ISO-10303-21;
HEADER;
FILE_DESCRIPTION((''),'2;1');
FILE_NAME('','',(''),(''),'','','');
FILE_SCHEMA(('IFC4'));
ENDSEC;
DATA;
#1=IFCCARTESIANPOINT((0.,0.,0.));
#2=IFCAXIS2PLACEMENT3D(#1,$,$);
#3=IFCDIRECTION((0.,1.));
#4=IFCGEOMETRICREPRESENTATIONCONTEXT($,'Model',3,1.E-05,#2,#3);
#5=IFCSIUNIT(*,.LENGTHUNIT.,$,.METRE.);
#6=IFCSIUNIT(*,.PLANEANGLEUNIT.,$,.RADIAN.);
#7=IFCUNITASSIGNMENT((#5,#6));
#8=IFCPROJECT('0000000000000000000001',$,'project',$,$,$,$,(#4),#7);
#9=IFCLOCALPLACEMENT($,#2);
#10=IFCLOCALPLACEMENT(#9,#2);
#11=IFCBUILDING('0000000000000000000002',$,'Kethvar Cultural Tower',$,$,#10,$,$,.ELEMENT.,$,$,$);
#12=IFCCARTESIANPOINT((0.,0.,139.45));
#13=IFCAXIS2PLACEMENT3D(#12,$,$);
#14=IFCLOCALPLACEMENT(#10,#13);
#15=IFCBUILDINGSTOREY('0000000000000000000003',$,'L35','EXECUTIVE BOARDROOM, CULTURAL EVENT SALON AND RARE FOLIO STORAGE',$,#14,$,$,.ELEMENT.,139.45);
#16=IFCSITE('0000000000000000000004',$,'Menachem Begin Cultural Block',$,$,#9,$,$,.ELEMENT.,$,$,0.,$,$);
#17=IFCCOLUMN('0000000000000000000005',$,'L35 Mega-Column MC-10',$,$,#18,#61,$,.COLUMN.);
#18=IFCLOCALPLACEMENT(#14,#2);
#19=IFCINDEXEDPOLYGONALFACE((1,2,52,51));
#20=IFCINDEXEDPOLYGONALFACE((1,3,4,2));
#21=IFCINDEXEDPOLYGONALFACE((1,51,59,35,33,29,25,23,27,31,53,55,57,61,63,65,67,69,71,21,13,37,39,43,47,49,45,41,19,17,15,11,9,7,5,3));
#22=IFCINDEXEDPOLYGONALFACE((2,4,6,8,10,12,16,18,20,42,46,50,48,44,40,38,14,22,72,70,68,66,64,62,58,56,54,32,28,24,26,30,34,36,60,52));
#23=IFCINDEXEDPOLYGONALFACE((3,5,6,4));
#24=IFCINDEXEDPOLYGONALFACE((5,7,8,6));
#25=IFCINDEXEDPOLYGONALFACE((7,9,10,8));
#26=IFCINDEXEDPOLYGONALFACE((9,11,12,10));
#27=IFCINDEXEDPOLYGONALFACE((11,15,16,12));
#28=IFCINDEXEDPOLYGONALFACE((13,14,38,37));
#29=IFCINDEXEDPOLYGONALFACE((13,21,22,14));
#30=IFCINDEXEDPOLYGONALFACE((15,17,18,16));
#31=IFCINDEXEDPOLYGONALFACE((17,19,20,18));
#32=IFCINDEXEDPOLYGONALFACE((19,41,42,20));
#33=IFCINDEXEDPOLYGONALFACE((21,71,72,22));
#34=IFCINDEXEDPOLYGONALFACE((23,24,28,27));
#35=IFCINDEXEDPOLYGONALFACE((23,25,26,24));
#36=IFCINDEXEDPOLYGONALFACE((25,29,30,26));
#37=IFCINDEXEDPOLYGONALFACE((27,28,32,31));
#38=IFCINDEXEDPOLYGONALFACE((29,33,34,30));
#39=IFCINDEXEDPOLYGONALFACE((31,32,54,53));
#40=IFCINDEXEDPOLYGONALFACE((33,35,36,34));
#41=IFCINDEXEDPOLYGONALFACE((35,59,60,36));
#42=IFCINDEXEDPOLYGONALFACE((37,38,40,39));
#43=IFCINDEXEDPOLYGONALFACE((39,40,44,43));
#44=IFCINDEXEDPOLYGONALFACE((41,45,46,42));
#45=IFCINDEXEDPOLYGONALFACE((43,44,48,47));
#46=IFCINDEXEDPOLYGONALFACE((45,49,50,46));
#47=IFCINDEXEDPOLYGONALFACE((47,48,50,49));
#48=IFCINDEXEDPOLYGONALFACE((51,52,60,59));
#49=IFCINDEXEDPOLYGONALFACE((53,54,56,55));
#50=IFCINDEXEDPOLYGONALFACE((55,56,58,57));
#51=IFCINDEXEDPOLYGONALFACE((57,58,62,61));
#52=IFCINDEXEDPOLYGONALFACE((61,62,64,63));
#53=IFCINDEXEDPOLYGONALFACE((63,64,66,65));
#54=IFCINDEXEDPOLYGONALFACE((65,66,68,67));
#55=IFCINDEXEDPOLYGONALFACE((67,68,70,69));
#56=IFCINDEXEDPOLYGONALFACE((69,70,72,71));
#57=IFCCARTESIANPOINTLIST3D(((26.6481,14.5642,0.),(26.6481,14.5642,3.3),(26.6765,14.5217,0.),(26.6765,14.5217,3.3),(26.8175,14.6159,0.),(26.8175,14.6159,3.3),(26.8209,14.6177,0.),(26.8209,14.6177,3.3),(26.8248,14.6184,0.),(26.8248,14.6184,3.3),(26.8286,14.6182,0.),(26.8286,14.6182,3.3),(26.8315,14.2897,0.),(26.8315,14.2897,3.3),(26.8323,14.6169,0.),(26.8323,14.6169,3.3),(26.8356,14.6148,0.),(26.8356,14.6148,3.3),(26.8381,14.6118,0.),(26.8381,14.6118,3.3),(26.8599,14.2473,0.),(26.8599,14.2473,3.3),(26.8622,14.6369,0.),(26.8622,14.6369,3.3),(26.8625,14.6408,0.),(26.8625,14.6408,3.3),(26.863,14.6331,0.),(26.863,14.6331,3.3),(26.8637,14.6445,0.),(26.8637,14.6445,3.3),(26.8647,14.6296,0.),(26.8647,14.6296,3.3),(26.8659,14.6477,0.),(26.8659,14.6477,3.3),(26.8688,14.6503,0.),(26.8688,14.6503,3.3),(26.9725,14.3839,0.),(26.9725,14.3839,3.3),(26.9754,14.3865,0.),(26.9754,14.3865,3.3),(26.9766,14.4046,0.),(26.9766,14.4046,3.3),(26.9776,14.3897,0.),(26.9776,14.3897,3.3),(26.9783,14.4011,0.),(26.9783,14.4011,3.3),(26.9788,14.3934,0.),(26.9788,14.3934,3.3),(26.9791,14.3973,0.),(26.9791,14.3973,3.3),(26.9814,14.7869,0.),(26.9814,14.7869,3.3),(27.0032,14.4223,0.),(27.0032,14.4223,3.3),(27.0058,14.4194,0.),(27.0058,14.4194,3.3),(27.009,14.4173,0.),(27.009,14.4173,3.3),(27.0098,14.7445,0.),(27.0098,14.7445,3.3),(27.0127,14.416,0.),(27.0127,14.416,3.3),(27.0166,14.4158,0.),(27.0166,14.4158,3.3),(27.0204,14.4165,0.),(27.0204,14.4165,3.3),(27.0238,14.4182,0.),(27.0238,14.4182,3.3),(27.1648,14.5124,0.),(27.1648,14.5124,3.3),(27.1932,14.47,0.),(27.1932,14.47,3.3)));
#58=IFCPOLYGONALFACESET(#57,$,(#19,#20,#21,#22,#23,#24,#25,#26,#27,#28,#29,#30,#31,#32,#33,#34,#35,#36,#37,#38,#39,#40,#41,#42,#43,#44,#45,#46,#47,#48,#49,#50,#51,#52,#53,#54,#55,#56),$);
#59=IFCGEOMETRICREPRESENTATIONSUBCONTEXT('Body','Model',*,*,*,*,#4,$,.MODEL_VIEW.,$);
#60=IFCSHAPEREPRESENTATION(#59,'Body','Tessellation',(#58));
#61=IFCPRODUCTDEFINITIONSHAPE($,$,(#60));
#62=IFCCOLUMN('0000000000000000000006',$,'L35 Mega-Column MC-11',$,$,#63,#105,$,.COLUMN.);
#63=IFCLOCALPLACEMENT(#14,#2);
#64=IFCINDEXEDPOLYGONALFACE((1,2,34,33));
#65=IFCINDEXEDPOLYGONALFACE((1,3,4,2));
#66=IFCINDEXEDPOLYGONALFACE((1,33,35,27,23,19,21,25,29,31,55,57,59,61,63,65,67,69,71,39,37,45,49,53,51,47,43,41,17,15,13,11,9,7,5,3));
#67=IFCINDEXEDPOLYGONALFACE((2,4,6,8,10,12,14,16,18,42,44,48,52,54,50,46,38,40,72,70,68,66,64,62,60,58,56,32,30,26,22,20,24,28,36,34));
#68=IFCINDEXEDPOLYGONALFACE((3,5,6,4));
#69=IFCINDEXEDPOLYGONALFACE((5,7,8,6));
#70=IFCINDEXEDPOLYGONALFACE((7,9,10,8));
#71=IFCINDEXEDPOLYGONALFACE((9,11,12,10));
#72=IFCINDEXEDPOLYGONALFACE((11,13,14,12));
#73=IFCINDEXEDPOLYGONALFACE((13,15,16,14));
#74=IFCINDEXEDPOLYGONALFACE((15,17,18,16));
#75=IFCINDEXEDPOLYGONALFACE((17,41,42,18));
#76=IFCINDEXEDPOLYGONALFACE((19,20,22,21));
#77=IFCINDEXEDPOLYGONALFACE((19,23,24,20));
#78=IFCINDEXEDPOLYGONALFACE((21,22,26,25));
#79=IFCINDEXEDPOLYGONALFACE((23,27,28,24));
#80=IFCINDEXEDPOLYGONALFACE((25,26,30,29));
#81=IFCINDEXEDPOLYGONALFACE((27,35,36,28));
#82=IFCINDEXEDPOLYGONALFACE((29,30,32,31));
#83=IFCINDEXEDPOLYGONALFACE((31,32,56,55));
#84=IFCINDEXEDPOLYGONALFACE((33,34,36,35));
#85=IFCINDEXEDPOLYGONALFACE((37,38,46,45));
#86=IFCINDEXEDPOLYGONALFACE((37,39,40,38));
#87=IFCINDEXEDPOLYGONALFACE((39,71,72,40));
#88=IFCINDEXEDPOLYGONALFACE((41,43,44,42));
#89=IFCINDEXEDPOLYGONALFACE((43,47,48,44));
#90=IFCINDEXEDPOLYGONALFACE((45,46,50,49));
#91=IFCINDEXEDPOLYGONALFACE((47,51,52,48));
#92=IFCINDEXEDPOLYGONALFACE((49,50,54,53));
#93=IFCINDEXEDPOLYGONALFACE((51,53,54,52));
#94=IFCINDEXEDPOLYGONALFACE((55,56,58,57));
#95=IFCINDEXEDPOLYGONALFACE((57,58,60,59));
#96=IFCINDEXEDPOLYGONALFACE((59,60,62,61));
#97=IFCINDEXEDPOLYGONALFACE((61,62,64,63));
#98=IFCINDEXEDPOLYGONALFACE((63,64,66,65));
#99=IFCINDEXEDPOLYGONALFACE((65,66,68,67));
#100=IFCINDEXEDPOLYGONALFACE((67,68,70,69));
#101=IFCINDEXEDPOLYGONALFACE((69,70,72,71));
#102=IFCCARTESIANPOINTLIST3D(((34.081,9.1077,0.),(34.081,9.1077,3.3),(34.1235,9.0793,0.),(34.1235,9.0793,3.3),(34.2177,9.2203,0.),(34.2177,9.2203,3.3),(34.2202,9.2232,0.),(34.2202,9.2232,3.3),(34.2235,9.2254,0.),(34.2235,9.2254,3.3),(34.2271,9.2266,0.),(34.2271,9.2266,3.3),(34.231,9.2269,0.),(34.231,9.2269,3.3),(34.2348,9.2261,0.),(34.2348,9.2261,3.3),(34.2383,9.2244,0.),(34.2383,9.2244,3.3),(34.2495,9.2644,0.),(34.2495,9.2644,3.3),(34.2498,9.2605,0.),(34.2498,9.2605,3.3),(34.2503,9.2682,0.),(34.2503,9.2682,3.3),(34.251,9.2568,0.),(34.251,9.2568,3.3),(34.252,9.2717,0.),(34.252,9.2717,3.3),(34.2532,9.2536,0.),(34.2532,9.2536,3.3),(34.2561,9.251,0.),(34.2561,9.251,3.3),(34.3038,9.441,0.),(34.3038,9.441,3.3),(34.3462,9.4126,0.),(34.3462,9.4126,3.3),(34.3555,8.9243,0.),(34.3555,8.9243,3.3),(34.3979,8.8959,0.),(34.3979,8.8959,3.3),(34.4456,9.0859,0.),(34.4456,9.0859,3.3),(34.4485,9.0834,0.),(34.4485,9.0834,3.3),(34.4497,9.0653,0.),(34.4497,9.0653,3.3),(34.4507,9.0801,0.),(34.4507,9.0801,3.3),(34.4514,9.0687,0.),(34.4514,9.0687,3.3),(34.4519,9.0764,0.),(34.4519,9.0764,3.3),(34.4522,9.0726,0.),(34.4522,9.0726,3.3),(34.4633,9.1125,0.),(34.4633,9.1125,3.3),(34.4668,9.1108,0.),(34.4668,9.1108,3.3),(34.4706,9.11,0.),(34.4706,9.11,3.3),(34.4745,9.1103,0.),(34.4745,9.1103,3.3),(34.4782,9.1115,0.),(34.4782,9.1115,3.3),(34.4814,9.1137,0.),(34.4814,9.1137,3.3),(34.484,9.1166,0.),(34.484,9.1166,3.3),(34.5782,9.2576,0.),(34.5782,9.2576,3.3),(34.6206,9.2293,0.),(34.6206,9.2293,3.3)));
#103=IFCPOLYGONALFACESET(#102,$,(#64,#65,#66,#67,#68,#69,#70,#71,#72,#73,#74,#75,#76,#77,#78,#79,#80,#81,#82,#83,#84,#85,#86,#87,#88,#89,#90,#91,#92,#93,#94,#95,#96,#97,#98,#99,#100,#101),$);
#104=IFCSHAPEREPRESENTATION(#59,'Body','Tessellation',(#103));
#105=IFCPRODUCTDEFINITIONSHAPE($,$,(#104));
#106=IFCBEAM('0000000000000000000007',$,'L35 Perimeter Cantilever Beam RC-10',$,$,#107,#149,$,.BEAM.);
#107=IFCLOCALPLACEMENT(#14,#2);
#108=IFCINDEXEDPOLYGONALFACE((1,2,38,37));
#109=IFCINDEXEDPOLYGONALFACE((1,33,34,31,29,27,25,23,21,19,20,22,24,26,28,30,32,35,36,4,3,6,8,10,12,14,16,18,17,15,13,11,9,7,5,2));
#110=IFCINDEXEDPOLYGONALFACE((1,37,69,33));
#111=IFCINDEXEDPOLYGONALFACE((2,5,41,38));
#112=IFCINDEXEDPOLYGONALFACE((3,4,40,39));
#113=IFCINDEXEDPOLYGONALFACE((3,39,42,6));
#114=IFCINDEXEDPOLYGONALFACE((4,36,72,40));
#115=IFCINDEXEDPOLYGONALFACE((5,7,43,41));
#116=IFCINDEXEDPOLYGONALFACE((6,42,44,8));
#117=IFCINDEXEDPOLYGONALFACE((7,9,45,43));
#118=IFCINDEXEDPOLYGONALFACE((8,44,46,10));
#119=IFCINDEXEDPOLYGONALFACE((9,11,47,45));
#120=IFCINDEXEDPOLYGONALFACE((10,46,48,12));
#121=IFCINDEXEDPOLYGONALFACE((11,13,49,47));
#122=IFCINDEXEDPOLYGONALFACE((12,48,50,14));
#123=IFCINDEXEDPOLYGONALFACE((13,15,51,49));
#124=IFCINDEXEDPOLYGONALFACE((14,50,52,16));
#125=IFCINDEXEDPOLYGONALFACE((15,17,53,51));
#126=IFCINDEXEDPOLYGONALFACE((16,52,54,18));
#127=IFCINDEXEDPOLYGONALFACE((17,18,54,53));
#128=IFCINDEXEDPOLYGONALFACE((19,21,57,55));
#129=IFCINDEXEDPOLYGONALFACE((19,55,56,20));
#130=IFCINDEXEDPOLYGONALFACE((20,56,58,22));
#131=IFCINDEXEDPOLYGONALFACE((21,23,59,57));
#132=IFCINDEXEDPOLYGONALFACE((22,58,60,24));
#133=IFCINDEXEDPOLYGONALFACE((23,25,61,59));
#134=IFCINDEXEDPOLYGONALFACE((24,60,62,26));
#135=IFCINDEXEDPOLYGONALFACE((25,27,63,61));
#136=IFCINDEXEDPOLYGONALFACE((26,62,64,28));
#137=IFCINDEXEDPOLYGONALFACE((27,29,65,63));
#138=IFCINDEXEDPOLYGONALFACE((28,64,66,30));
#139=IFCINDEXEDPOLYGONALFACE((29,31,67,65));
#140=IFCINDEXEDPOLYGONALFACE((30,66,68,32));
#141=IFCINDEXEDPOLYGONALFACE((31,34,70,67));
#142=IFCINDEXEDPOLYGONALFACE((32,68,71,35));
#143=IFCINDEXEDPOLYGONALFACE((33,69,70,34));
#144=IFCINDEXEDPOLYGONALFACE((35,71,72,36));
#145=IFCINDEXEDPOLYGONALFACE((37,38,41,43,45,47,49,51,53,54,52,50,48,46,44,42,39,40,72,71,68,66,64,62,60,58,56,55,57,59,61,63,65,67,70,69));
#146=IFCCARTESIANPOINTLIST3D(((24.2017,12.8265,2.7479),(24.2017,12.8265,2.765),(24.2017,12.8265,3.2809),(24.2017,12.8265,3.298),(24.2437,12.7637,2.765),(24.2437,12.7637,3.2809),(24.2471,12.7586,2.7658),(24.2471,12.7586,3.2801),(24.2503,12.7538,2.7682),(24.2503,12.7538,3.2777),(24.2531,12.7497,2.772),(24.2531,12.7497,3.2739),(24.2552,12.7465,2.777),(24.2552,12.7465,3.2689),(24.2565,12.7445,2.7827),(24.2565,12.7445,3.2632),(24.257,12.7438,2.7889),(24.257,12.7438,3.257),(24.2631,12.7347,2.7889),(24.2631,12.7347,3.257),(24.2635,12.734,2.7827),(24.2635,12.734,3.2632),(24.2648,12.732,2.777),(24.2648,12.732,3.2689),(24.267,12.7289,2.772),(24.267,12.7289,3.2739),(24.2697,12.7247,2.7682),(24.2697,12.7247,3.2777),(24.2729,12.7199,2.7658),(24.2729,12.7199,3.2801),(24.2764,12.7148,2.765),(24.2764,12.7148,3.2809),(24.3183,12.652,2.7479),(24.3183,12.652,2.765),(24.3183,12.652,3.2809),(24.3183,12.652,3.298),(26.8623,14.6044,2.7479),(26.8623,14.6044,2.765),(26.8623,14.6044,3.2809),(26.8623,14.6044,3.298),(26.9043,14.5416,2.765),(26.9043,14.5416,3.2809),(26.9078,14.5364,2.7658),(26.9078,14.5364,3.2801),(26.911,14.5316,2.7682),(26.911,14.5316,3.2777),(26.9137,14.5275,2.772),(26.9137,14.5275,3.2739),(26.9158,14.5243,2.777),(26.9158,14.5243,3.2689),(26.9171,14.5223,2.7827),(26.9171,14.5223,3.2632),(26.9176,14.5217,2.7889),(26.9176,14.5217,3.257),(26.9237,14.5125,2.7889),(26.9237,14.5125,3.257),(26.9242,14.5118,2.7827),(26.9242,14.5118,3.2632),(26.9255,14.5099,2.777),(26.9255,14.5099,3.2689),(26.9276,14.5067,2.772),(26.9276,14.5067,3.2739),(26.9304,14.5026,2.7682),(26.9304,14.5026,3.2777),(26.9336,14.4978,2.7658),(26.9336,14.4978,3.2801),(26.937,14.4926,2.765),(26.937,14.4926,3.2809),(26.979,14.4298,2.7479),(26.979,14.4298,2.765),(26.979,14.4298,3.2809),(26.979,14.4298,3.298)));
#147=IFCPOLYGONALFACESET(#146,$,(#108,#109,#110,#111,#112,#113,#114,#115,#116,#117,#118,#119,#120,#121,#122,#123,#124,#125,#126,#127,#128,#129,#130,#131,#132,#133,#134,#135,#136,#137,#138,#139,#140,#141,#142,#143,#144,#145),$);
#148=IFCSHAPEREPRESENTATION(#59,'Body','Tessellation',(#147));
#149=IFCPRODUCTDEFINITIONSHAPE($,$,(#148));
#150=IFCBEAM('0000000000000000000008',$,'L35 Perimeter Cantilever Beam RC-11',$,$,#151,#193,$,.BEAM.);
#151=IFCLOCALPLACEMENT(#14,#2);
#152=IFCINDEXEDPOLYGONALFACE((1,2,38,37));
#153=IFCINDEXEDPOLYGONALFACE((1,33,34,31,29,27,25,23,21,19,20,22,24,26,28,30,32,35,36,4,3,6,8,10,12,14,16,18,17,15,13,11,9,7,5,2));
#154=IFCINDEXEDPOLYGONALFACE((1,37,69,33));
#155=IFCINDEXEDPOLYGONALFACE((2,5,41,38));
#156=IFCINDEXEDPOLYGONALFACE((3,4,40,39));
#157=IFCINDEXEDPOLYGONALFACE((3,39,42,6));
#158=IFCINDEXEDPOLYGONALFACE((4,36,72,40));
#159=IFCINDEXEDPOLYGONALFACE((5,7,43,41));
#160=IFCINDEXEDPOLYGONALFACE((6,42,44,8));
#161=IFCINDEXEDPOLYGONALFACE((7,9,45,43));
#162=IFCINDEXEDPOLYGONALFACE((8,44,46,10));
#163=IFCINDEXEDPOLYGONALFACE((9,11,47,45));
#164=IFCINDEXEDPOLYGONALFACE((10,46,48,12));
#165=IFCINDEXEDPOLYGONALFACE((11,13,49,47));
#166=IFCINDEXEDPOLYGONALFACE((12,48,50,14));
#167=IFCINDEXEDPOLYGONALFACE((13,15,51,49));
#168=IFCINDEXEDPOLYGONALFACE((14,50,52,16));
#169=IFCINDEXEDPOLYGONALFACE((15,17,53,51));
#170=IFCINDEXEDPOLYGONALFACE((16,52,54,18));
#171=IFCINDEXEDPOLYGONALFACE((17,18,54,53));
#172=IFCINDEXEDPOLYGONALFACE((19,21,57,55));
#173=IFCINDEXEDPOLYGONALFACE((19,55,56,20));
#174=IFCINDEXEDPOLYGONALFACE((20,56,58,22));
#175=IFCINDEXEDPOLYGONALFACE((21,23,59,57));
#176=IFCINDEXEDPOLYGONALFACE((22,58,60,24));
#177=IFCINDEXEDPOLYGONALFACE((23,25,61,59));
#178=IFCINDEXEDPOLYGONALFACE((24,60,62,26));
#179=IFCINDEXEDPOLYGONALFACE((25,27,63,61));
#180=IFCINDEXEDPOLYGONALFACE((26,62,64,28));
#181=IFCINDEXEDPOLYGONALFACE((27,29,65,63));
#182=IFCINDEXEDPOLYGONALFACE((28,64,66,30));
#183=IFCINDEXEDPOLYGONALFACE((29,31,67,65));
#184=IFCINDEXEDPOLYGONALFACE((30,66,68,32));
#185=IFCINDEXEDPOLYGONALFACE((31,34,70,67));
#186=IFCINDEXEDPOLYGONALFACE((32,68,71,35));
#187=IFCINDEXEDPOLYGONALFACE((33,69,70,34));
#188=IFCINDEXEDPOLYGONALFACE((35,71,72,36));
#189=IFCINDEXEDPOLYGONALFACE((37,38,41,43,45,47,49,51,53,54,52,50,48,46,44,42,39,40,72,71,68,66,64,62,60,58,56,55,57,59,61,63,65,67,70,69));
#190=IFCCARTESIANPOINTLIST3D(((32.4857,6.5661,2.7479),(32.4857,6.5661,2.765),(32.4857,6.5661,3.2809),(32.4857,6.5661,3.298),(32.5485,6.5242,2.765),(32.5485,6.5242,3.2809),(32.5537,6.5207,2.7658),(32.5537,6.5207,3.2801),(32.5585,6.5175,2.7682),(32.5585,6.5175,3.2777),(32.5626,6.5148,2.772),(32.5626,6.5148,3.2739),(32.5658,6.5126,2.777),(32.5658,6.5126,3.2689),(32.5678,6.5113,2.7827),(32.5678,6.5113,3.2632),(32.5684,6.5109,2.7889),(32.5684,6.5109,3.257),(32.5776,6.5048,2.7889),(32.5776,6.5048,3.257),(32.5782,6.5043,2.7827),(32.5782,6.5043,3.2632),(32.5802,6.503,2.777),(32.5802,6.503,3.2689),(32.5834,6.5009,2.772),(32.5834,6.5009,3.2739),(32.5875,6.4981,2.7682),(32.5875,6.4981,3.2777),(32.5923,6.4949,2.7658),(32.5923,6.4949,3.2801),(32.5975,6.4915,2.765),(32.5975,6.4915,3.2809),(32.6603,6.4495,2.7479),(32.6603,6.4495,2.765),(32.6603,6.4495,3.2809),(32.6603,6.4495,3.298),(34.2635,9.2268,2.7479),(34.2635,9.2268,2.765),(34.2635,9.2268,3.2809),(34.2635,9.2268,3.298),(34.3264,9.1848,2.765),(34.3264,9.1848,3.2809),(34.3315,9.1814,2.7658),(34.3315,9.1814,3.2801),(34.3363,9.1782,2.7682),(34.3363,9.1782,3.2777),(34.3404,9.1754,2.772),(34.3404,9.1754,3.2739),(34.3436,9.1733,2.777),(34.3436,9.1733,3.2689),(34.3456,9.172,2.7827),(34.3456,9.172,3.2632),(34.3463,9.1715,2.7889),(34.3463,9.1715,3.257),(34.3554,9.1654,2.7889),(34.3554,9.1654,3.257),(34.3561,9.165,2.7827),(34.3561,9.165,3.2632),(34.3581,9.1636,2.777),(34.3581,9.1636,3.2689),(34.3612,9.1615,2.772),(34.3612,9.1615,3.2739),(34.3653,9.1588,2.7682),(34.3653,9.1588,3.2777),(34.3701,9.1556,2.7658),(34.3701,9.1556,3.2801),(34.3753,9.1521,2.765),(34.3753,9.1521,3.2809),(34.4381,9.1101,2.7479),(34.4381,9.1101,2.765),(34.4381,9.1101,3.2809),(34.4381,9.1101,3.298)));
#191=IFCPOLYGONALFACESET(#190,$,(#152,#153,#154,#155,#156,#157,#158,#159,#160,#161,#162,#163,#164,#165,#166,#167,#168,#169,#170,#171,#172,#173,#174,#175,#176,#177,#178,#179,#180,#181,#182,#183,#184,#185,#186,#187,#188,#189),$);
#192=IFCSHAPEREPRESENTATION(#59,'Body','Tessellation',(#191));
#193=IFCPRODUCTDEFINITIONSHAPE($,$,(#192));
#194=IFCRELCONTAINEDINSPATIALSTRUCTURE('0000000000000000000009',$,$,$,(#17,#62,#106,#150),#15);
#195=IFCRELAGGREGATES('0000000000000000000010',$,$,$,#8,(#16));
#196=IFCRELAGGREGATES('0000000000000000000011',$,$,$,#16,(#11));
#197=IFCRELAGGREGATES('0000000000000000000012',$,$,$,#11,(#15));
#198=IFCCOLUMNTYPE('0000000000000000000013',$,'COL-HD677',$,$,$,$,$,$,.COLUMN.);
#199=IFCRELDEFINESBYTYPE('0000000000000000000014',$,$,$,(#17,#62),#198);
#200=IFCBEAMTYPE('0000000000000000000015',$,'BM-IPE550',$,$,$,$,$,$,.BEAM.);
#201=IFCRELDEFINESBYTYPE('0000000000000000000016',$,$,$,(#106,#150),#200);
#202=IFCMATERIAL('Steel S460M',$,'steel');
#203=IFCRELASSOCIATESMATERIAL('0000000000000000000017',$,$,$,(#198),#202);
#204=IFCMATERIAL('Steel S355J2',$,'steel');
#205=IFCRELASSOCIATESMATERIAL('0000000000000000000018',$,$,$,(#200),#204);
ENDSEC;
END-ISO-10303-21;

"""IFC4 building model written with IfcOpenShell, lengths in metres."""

from ifc_helpers import new_model, si_unit, direction, frame, origin, origin_2d, place, context, subcontext, project, spatial, i_section, extrude, source, transform, mapped, material, material_profile, profile_set, type_object, element, save


model = new_model("IFC4")

# Units and contexts
model_context = context("Model", 3, precision=1e-05, world=origin(), true_north=direction((0.0, 1.0)))
body_context = subcontext(model_context, "Body", "Model", "MODEL_VIEW")
ifc_project = project(units=[si_unit("LENGTHUNIT", "METRE"), si_unit("PLANEANGLEUNIT", "RADIAN")], contexts=[model_context])

# Site, building, storey
site_placement = place(None, origin())
site = spatial("IfcSite", under=ifc_project, at=site_placement, Name="Menachem Begin Cultural Block", CompositionType="ELEMENT", RefElevation=0.0)
building_placement = place(site_placement, origin())
building = spatial("IfcBuilding", under=site, at=building_placement, Name="Kethvar Cultural Tower", CompositionType="ELEMENT")
storey_placement = place(building_placement, frame((0.0, 0.0, 139.45)))
storey = spatial("IfcBuildingStorey", under=building, at=storey_placement, Name="L35", Description="EXECUTIVE BOARDROOM, CULTURAL EVENT SALON AND RARE FOLIO STORAGE", CompositionType="ELEMENT", Elevation=139.45)

# Columns
ifc_material_1 = material(Name="Steel S460M", Category="steel")
ifc_material_profile_1 = material_profile(ifc_material_1, i_section(OverallWidth=0.4009, OverallDepth=0.3811, WebThickness=0.032, FlangeThickness=0.051, FilletRadius=0.0149, at=origin_2d()), Name="Steel S460M — HD400x677")
ifc_profile_set_1 = profile_set([ifc_material_profile_1], Name="Steel S460M — HD400x677")
column_type = type_object("IfcColumnType", Name="COL-HD677", PredefinedType="COLUMN", material=ifc_profile_set_1)
shared_shape_1 = source(origin(), body_context, "Body", "SweptSolid", [
    extrude(i_section(OverallWidth=0.4009, OverallDepth=0.3811, WebThickness=0.032, FlangeThickness=0.051, FilletRadius=0.0149, at=origin_2d()), origin(), (0.0, 0.0, 1.0), 3.3),
])
for number, where, z_axis, x_axis, name in (
    (1, (26.9207, 14.5171, 0.0), (0.0, 0.0, 1.0), (-0.83147, -0.55557, 0.0), "L35 Mega-Column MC-10"),
    (2, (34.3508, 9.1685, 0.0), (0.0, 0.0, 1.0), (-0.55557, -0.83147, 0.0), "L35 Mega-Column MC-11"),
):
    element("IfcColumn", number, at=place(storey_placement, frame(where, z_axis=z_axis, x_axis=x_axis)), inside=storey, type_object=column_type, Name=name, PredefinedType="COLUMN", context=body_context, shape_type="MappedRepresentation", body=[
        mapped(shared_shape_1, transform((0.0, 0.0, 0.0), scale=1.0)),
    ])

# Beams
ifc_material_2 = material(Name="Steel S355J2", Category="steel")
ifc_material_profile_2 = material_profile(ifc_material_2, i_section(OverallWidth=0.21, OverallDepth=0.55, WebThickness=0.011, FlangeThickness=0.0171, FilletRadius=0.0239, at=origin_2d()), Name="Steel S355J2 — IPE550")
ifc_profile_set_2 = profile_set([ifc_material_profile_2], Name="Steel S355J2 — IPE550")
beam_type_1 = type_object("IfcBeamType", Name="BM-IPE550", PredefinedType="BEAM", material=ifc_profile_set_2)
shared_shape_2 = source(origin(), body_context, "Body", "SweptSolid", [
    extrude(i_section(OverallWidth=0.21, OverallDepth=0.55, WebThickness=0.011, FlangeThickness=0.0171, FilletRadius=0.0239, at=origin_2d()), origin(), (0.0, 0.0, 1.0), 3.2),
])
for number, where, z_axis, x_axis, name in (
    (3, (26.9207, 14.5171, 3.0229), (-0.831463, -0.55558, 0.0), (0.55558, -0.831463, 0.0), "L35 Perimeter Cantilever Beam RC-10"),
    (4, (34.3508, 9.1685, 3.0229), (-0.55558, -0.831463, 0.0), (0.831463, -0.55558, 0.0), "L35 Perimeter Cantilever Beam RC-11"),
):
    element("IfcBeam", number, at=place(storey_placement, frame(where, z_axis=z_axis, x_axis=x_axis)), inside=storey, type_object=beam_type_1, Name=name, PredefinedType="BEAM", context=body_context, shape_type="MappedRepresentation", body=[
        mapped(shared_shape_2, transform((0.0, 0.0, 0.0), scale=1.0)),
    ])

save(model, "model.ifc")
